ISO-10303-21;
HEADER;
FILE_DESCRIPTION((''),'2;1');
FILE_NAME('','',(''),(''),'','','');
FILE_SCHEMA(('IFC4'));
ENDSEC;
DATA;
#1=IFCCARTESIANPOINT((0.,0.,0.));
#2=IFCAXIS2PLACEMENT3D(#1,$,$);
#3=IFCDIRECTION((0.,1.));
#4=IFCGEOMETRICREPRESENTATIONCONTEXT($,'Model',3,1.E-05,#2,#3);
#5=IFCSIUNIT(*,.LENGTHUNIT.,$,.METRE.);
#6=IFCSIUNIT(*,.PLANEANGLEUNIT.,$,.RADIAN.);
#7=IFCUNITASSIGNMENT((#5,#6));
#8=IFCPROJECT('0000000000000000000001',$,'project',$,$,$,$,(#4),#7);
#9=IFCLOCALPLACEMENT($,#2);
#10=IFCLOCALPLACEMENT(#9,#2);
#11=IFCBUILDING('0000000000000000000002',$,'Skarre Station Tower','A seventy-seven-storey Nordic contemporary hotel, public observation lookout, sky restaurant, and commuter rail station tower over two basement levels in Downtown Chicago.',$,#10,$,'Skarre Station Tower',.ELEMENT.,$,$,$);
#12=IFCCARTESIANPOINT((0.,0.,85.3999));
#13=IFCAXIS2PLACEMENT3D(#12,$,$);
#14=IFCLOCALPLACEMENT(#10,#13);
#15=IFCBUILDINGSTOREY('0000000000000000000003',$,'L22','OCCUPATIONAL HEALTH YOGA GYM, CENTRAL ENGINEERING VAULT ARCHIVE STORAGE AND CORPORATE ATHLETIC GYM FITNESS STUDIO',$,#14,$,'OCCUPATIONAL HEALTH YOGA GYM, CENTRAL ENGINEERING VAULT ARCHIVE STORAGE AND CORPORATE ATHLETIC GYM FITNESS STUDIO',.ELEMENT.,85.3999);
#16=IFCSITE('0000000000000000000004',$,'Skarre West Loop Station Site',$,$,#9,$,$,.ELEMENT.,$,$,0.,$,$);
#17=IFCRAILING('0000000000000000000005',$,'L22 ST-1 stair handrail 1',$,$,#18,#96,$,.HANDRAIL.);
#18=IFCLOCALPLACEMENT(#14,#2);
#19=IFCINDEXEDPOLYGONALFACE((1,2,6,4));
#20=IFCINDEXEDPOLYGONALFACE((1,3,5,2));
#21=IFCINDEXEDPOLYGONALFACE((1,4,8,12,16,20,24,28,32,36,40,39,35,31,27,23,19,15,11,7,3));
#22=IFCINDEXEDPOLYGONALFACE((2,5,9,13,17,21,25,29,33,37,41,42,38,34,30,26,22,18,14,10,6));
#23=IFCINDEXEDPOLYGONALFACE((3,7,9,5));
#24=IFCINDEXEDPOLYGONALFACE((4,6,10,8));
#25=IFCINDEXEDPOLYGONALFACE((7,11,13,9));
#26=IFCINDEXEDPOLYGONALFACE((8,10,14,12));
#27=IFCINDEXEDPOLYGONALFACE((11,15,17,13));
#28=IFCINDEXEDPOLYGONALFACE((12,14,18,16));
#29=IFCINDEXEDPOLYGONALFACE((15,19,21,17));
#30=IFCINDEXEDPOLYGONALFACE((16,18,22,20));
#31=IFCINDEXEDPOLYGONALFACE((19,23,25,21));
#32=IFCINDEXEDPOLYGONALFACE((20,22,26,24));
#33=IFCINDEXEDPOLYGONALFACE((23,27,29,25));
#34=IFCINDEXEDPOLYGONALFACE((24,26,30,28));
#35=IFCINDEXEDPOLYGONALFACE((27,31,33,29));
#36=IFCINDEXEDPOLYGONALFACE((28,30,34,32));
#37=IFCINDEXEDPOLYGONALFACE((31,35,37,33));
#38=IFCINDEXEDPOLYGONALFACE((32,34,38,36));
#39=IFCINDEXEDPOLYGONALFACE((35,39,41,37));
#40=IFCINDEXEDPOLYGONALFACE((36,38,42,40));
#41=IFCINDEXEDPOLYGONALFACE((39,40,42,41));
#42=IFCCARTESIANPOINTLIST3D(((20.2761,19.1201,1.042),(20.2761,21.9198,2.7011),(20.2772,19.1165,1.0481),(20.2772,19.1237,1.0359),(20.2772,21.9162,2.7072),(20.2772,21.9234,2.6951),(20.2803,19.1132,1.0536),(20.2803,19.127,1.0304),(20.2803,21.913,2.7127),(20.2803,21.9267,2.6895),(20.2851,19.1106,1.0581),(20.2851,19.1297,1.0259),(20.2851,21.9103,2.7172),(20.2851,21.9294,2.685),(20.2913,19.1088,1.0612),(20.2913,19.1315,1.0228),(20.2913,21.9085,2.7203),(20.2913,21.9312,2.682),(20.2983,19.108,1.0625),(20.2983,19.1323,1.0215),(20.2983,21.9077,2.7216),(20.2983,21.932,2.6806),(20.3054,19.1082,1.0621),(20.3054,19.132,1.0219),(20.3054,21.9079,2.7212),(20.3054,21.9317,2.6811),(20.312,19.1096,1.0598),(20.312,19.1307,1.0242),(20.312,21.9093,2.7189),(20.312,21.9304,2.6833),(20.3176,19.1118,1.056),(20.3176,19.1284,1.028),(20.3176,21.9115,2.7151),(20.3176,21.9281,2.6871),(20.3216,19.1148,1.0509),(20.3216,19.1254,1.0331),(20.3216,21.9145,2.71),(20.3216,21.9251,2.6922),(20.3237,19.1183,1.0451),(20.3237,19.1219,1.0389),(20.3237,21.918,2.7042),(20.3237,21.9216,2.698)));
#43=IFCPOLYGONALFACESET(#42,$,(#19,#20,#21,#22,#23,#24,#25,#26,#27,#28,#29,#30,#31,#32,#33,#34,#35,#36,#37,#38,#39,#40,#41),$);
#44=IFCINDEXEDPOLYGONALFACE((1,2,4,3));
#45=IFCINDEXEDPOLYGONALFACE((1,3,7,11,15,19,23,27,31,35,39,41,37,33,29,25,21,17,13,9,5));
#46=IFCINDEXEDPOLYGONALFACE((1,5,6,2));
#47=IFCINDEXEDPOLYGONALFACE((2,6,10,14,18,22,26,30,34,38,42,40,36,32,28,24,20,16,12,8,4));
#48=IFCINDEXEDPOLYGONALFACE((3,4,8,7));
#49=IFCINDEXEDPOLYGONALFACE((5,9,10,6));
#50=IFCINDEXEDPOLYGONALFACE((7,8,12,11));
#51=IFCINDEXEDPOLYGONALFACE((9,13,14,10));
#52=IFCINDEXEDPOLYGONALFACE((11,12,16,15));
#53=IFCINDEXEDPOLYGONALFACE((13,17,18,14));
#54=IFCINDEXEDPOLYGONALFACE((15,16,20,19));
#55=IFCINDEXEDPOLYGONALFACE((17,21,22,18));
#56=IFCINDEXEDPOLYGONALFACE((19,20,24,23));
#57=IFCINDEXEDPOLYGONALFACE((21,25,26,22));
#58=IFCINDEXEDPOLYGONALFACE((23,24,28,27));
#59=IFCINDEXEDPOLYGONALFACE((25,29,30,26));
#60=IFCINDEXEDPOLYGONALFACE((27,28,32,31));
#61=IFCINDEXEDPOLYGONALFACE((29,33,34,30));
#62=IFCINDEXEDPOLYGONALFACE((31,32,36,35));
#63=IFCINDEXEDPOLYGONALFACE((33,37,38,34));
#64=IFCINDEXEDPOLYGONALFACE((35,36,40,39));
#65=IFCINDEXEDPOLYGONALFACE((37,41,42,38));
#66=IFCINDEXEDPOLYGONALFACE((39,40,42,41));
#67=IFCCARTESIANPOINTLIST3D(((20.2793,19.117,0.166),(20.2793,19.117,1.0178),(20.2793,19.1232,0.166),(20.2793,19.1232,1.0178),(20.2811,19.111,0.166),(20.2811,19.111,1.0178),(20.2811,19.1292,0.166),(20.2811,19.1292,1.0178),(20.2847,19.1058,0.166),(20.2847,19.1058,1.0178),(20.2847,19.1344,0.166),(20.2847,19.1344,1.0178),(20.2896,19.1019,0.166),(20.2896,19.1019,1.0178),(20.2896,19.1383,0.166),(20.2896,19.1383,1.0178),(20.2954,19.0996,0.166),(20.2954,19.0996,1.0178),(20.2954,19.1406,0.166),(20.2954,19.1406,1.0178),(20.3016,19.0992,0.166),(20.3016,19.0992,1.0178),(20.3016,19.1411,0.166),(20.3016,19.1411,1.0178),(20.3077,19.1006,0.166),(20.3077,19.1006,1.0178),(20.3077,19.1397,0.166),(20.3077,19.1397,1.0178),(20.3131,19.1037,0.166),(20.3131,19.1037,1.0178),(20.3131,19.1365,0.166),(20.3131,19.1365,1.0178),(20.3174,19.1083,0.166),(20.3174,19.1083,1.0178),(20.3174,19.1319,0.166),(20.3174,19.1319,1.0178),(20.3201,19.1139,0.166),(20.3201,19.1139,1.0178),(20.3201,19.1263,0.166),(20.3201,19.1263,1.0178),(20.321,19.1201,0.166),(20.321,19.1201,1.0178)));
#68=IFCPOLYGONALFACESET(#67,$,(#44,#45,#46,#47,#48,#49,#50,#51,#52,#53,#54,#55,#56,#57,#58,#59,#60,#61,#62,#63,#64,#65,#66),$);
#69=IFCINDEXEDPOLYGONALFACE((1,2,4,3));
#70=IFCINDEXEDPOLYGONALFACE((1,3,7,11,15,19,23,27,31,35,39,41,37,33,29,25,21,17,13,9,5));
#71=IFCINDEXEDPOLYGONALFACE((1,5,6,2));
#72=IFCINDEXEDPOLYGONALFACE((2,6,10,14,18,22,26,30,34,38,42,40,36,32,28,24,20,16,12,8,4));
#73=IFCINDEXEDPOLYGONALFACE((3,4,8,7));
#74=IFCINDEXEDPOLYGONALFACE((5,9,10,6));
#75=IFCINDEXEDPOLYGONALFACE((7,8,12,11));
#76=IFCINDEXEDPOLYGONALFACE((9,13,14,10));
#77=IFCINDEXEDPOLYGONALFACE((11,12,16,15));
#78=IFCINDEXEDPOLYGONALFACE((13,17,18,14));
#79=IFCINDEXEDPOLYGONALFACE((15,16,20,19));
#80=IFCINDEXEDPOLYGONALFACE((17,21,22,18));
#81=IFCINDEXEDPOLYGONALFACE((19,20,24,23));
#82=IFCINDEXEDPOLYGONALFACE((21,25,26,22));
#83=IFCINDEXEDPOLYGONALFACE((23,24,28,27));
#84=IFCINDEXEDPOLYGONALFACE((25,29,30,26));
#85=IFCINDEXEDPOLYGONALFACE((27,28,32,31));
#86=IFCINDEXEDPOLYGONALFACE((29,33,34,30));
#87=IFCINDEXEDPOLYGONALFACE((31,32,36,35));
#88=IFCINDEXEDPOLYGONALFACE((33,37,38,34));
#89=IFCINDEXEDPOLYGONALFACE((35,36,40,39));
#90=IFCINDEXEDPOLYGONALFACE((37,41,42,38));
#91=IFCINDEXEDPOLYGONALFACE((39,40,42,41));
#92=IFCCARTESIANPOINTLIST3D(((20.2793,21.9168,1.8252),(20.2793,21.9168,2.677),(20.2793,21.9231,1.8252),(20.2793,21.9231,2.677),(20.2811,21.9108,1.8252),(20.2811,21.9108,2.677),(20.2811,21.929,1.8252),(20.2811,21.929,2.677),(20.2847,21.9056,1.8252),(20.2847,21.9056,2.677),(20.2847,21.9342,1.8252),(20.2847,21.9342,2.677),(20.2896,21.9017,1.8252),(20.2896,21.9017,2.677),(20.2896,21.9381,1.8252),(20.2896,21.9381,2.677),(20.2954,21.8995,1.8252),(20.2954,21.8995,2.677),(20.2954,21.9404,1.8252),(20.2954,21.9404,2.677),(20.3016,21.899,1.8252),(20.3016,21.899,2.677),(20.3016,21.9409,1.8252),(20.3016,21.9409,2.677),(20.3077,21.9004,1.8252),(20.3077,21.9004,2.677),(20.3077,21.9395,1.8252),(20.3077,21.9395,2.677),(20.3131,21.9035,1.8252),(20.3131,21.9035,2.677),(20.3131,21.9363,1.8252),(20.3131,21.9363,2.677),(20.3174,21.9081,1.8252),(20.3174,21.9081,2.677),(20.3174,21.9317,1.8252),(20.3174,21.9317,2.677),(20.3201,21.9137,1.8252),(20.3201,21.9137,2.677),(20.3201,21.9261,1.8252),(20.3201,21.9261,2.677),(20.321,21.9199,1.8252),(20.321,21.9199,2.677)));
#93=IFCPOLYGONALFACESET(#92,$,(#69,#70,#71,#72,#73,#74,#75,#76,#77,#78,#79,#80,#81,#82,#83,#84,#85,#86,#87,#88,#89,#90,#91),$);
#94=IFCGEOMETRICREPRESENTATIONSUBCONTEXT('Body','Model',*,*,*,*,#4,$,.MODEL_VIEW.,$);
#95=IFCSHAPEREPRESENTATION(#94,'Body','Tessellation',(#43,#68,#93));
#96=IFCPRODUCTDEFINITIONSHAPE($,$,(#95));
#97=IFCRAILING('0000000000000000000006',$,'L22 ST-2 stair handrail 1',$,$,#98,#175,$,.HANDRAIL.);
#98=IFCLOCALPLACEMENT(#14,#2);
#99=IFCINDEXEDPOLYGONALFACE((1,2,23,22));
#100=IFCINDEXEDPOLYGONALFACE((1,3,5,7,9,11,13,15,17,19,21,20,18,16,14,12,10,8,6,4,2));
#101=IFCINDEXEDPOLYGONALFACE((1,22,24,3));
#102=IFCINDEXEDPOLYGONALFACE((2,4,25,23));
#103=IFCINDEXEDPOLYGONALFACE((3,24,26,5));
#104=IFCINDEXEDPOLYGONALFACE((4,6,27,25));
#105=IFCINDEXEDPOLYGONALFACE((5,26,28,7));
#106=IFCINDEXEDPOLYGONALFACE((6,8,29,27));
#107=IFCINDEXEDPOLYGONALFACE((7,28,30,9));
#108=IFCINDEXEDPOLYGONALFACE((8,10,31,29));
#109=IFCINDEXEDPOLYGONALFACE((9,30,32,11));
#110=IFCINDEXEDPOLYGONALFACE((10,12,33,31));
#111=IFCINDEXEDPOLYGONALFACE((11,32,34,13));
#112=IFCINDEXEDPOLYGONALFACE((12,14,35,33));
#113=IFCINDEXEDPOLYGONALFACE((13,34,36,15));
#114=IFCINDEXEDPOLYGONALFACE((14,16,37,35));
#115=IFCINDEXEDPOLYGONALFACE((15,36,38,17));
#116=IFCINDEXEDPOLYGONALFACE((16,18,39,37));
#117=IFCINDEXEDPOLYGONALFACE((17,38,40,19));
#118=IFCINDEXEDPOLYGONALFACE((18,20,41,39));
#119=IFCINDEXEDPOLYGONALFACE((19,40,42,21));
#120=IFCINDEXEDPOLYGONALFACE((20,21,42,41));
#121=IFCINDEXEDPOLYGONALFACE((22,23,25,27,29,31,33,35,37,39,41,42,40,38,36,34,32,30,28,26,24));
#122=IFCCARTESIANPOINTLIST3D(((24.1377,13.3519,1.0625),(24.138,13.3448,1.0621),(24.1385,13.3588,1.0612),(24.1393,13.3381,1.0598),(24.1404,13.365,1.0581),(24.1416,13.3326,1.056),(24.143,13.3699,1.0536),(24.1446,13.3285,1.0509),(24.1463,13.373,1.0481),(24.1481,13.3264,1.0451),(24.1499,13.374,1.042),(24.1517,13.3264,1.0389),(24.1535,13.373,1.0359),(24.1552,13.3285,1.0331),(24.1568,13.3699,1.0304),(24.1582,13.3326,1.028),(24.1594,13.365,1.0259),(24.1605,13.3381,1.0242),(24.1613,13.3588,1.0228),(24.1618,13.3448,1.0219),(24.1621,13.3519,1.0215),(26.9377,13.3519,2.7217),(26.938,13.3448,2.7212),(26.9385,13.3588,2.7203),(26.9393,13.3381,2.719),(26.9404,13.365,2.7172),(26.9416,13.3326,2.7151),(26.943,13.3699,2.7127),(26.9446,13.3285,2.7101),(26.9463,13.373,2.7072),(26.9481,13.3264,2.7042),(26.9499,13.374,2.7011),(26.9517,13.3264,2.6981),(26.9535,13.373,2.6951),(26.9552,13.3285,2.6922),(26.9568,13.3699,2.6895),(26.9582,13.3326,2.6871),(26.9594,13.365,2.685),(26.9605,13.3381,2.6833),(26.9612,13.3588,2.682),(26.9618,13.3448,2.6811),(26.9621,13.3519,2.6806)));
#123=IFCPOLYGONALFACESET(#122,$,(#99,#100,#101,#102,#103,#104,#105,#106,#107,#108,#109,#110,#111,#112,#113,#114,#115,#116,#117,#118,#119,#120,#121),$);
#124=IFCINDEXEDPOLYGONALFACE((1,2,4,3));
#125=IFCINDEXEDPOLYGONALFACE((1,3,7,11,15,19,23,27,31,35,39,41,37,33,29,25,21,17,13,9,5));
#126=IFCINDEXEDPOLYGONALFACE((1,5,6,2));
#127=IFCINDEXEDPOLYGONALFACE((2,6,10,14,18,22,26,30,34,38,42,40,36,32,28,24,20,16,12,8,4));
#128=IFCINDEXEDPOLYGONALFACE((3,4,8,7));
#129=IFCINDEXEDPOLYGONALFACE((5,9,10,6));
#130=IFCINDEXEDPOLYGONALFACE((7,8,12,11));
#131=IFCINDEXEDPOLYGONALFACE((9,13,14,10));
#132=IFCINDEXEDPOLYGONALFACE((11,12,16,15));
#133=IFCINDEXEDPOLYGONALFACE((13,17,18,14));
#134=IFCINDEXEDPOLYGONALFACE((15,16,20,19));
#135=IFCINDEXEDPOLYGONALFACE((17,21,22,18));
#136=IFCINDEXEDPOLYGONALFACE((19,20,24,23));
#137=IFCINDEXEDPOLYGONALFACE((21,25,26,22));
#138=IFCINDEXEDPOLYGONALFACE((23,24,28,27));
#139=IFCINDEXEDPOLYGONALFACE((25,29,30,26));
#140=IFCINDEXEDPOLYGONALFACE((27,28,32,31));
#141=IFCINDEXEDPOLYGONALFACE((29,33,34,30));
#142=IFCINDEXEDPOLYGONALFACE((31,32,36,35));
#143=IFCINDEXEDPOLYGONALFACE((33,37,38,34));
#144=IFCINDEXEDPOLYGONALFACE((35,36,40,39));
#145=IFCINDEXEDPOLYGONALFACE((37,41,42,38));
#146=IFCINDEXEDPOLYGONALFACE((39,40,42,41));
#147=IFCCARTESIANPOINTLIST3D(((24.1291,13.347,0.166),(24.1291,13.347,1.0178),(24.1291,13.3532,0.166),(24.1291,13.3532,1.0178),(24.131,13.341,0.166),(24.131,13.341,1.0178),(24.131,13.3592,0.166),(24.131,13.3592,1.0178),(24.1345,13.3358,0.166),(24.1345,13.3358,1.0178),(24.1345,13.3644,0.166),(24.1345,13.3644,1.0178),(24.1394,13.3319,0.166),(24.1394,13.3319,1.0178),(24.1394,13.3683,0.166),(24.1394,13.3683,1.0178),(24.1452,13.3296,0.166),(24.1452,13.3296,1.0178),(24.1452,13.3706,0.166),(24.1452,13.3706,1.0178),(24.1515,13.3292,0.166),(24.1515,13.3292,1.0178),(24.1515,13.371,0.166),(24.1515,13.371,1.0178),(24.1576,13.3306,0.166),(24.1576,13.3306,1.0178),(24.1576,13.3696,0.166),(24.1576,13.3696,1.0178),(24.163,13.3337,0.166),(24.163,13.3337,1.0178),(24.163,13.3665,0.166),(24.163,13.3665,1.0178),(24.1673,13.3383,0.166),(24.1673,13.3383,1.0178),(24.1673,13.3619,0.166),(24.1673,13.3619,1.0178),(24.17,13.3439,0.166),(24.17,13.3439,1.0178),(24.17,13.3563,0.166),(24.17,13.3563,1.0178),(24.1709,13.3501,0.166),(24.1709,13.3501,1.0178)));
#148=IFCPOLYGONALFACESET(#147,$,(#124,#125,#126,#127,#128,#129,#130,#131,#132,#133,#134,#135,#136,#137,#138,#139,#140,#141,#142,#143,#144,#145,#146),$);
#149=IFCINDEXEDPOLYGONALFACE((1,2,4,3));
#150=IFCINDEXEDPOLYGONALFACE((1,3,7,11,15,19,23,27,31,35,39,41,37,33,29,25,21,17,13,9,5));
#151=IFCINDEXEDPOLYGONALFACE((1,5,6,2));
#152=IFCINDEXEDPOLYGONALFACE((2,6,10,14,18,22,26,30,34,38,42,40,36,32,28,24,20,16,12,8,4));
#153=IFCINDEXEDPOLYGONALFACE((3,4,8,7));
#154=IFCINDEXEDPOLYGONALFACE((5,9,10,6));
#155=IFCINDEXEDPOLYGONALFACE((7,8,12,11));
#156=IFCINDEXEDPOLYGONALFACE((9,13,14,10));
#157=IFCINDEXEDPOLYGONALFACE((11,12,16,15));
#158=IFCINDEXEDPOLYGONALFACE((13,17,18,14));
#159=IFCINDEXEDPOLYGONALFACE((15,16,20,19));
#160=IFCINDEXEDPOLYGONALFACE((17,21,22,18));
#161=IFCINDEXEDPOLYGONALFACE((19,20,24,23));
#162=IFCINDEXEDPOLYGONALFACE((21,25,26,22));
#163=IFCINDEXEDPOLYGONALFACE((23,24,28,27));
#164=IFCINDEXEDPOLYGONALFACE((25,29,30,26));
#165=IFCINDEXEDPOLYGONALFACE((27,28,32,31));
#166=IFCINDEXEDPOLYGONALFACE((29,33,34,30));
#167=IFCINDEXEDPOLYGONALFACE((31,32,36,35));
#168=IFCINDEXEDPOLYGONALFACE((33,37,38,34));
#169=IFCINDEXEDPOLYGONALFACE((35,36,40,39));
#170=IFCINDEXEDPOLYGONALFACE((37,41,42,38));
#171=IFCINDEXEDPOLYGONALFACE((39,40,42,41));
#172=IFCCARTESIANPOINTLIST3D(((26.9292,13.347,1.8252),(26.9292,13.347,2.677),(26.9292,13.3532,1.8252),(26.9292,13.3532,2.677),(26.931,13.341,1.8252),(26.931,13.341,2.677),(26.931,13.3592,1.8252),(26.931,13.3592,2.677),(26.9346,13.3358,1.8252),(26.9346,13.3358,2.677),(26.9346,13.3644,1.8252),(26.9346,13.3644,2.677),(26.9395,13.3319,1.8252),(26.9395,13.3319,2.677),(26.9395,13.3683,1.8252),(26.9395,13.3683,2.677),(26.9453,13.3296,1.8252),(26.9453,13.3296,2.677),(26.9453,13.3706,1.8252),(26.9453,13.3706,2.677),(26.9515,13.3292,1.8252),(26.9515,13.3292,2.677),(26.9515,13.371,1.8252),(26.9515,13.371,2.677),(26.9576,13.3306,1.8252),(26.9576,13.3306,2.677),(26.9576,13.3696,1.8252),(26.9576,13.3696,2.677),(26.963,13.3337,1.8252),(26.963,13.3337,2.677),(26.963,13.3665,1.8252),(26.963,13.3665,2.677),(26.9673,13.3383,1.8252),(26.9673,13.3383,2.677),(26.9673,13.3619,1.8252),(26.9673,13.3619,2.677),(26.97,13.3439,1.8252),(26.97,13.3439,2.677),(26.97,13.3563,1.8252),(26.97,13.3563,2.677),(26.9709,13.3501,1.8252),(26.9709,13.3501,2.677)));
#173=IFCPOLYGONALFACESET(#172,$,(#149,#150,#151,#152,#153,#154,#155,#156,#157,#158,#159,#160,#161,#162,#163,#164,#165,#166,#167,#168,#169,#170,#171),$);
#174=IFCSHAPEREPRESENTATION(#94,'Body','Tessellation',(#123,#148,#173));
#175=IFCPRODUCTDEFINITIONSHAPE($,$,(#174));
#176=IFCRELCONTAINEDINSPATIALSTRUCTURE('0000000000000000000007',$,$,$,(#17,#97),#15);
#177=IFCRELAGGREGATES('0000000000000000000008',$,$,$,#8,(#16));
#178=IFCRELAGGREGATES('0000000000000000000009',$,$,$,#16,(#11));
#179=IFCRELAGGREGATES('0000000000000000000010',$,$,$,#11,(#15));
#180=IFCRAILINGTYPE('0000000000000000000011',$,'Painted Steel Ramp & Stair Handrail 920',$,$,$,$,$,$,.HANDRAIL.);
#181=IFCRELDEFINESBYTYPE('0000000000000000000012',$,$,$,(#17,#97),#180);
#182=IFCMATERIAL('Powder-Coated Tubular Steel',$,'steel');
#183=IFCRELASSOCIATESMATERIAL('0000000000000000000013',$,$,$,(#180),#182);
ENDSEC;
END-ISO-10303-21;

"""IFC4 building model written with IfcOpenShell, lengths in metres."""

from ifc_helpers import new_model, si_unit, direction, frame, origin, origin_2d, place, context, subcontext, project, spatial, circle, extrude, material, type_object, element, save


model = new_model("IFC4")

# Units and contexts
model_context = context("Model", 3, precision=1e-05, world=origin(), true_north=direction((0.0, 1.0)))
body_context = subcontext(model_context, "Body", "Model", "MODEL_VIEW")
ifc_project = project(units=[si_unit("LENGTHUNIT", "METRE"), si_unit("PLANEANGLEUNIT", "RADIAN")], contexts=[model_context])

# Site, building, storey
site_placement = place(None, origin())
site = spatial("IfcSite", under=ifc_project, at=site_placement, Name="Skarre West Loop Station Site", CompositionType="ELEMENT", RefElevation=0.0)
building_placement = place(site_placement, origin())
building = spatial("IfcBuilding", under=site, at=building_placement, Name="Skarre Station Tower", Description="A seventy-seven-storey Nordic contemporary hotel, public observation lookout, sky restaurant, and commuter rail station tower over two basement levels in Downtown Chicago.", LongName="Skarre Station Tower", CompositionType="ELEMENT")
storey_placement = place(building_placement, frame((0.0, 0.0, 85.3999)))
storey = spatial("IfcBuildingStorey", under=building, at=storey_placement, Name="L22", Description="OCCUPATIONAL HEALTH YOGA GYM, CENTRAL ENGINEERING VAULT ARCHIVE STORAGE AND CORPORATE ATHLETIC GYM FITNESS STUDIO", LongName="OCCUPATIONAL HEALTH YOGA GYM, CENTRAL ENGINEERING VAULT ARCHIVE STORAGE AND CORPORATE ATHLETIC GYM FITNESS STUDIO", CompositionType="ELEMENT", Elevation=85.3999)

# Railings
ifc_material_1 = material(Name="Powder-Coated Tubular Steel", Category="steel")
railing_type_1 = type_object("IfcRailingType", Name="Painted Steel Ramp & Stair Handrail 920", PredefinedType="HANDRAIL", material=ifc_material_1)
railing_1_placement = place(storey_placement, frame((20.3, 19.1201, 0.166)))
element("IfcRailing", 1, at=railing_1_placement, inside=storey, type_object=railing_type_1, Name="L22 ST-1 stair handrail 1", PredefinedType="HANDRAIL", context=body_context, shape_type="SweptSolid", body=[
    extrude(circle(Radius=0.0239, at=origin_2d()), frame((0.0, 0.0, 0.876), z_axis=(0.0, 0.860287, 0.509811), x_axis=(-1.0, 0.0, 0.0)), (0.0, 0.0, 1.0), 3.2544),
    extrude(circle(Radius=0.021, at=origin_2d()), origin(), (0.0, 0.0, 1.0), 0.8518),
    extrude(circle(Radius=0.021, at=origin_2d()), frame((0.0, 2.7998, 1.6592)), (0.0, 0.0, 1.0), 0.8518),
])
railing_2_placement = place(storey_placement, frame((24.1499, 13.3501, 0.166)))
element("IfcRailing", 2, at=railing_2_placement, inside=storey, type_object=railing_type_1, Name="L22 ST-2 stair handrail 1", PredefinedType="HANDRAIL", context=body_context, shape_type="SweptSolid", body=[
    extrude(circle(Radius=0.0239, at=origin_2d()), frame((0.0, 0.0, 0.876), z_axis=(0.860306, 0.0, 0.509778), x_axis=(0.0, 1.0, 0.0)), (0.0, 0.0, 1.0), 3.2546),
    extrude(circle(Radius=0.021, at=origin_2d()), origin(), (0.0, 0.0, 1.0), 0.8518),
    extrude(circle(Radius=0.021, at=origin_2d()), frame((2.8, 0.0, 1.6592)), (0.0, 0.0, 1.0), 0.8518),
])

save(model, "model.ifc")
